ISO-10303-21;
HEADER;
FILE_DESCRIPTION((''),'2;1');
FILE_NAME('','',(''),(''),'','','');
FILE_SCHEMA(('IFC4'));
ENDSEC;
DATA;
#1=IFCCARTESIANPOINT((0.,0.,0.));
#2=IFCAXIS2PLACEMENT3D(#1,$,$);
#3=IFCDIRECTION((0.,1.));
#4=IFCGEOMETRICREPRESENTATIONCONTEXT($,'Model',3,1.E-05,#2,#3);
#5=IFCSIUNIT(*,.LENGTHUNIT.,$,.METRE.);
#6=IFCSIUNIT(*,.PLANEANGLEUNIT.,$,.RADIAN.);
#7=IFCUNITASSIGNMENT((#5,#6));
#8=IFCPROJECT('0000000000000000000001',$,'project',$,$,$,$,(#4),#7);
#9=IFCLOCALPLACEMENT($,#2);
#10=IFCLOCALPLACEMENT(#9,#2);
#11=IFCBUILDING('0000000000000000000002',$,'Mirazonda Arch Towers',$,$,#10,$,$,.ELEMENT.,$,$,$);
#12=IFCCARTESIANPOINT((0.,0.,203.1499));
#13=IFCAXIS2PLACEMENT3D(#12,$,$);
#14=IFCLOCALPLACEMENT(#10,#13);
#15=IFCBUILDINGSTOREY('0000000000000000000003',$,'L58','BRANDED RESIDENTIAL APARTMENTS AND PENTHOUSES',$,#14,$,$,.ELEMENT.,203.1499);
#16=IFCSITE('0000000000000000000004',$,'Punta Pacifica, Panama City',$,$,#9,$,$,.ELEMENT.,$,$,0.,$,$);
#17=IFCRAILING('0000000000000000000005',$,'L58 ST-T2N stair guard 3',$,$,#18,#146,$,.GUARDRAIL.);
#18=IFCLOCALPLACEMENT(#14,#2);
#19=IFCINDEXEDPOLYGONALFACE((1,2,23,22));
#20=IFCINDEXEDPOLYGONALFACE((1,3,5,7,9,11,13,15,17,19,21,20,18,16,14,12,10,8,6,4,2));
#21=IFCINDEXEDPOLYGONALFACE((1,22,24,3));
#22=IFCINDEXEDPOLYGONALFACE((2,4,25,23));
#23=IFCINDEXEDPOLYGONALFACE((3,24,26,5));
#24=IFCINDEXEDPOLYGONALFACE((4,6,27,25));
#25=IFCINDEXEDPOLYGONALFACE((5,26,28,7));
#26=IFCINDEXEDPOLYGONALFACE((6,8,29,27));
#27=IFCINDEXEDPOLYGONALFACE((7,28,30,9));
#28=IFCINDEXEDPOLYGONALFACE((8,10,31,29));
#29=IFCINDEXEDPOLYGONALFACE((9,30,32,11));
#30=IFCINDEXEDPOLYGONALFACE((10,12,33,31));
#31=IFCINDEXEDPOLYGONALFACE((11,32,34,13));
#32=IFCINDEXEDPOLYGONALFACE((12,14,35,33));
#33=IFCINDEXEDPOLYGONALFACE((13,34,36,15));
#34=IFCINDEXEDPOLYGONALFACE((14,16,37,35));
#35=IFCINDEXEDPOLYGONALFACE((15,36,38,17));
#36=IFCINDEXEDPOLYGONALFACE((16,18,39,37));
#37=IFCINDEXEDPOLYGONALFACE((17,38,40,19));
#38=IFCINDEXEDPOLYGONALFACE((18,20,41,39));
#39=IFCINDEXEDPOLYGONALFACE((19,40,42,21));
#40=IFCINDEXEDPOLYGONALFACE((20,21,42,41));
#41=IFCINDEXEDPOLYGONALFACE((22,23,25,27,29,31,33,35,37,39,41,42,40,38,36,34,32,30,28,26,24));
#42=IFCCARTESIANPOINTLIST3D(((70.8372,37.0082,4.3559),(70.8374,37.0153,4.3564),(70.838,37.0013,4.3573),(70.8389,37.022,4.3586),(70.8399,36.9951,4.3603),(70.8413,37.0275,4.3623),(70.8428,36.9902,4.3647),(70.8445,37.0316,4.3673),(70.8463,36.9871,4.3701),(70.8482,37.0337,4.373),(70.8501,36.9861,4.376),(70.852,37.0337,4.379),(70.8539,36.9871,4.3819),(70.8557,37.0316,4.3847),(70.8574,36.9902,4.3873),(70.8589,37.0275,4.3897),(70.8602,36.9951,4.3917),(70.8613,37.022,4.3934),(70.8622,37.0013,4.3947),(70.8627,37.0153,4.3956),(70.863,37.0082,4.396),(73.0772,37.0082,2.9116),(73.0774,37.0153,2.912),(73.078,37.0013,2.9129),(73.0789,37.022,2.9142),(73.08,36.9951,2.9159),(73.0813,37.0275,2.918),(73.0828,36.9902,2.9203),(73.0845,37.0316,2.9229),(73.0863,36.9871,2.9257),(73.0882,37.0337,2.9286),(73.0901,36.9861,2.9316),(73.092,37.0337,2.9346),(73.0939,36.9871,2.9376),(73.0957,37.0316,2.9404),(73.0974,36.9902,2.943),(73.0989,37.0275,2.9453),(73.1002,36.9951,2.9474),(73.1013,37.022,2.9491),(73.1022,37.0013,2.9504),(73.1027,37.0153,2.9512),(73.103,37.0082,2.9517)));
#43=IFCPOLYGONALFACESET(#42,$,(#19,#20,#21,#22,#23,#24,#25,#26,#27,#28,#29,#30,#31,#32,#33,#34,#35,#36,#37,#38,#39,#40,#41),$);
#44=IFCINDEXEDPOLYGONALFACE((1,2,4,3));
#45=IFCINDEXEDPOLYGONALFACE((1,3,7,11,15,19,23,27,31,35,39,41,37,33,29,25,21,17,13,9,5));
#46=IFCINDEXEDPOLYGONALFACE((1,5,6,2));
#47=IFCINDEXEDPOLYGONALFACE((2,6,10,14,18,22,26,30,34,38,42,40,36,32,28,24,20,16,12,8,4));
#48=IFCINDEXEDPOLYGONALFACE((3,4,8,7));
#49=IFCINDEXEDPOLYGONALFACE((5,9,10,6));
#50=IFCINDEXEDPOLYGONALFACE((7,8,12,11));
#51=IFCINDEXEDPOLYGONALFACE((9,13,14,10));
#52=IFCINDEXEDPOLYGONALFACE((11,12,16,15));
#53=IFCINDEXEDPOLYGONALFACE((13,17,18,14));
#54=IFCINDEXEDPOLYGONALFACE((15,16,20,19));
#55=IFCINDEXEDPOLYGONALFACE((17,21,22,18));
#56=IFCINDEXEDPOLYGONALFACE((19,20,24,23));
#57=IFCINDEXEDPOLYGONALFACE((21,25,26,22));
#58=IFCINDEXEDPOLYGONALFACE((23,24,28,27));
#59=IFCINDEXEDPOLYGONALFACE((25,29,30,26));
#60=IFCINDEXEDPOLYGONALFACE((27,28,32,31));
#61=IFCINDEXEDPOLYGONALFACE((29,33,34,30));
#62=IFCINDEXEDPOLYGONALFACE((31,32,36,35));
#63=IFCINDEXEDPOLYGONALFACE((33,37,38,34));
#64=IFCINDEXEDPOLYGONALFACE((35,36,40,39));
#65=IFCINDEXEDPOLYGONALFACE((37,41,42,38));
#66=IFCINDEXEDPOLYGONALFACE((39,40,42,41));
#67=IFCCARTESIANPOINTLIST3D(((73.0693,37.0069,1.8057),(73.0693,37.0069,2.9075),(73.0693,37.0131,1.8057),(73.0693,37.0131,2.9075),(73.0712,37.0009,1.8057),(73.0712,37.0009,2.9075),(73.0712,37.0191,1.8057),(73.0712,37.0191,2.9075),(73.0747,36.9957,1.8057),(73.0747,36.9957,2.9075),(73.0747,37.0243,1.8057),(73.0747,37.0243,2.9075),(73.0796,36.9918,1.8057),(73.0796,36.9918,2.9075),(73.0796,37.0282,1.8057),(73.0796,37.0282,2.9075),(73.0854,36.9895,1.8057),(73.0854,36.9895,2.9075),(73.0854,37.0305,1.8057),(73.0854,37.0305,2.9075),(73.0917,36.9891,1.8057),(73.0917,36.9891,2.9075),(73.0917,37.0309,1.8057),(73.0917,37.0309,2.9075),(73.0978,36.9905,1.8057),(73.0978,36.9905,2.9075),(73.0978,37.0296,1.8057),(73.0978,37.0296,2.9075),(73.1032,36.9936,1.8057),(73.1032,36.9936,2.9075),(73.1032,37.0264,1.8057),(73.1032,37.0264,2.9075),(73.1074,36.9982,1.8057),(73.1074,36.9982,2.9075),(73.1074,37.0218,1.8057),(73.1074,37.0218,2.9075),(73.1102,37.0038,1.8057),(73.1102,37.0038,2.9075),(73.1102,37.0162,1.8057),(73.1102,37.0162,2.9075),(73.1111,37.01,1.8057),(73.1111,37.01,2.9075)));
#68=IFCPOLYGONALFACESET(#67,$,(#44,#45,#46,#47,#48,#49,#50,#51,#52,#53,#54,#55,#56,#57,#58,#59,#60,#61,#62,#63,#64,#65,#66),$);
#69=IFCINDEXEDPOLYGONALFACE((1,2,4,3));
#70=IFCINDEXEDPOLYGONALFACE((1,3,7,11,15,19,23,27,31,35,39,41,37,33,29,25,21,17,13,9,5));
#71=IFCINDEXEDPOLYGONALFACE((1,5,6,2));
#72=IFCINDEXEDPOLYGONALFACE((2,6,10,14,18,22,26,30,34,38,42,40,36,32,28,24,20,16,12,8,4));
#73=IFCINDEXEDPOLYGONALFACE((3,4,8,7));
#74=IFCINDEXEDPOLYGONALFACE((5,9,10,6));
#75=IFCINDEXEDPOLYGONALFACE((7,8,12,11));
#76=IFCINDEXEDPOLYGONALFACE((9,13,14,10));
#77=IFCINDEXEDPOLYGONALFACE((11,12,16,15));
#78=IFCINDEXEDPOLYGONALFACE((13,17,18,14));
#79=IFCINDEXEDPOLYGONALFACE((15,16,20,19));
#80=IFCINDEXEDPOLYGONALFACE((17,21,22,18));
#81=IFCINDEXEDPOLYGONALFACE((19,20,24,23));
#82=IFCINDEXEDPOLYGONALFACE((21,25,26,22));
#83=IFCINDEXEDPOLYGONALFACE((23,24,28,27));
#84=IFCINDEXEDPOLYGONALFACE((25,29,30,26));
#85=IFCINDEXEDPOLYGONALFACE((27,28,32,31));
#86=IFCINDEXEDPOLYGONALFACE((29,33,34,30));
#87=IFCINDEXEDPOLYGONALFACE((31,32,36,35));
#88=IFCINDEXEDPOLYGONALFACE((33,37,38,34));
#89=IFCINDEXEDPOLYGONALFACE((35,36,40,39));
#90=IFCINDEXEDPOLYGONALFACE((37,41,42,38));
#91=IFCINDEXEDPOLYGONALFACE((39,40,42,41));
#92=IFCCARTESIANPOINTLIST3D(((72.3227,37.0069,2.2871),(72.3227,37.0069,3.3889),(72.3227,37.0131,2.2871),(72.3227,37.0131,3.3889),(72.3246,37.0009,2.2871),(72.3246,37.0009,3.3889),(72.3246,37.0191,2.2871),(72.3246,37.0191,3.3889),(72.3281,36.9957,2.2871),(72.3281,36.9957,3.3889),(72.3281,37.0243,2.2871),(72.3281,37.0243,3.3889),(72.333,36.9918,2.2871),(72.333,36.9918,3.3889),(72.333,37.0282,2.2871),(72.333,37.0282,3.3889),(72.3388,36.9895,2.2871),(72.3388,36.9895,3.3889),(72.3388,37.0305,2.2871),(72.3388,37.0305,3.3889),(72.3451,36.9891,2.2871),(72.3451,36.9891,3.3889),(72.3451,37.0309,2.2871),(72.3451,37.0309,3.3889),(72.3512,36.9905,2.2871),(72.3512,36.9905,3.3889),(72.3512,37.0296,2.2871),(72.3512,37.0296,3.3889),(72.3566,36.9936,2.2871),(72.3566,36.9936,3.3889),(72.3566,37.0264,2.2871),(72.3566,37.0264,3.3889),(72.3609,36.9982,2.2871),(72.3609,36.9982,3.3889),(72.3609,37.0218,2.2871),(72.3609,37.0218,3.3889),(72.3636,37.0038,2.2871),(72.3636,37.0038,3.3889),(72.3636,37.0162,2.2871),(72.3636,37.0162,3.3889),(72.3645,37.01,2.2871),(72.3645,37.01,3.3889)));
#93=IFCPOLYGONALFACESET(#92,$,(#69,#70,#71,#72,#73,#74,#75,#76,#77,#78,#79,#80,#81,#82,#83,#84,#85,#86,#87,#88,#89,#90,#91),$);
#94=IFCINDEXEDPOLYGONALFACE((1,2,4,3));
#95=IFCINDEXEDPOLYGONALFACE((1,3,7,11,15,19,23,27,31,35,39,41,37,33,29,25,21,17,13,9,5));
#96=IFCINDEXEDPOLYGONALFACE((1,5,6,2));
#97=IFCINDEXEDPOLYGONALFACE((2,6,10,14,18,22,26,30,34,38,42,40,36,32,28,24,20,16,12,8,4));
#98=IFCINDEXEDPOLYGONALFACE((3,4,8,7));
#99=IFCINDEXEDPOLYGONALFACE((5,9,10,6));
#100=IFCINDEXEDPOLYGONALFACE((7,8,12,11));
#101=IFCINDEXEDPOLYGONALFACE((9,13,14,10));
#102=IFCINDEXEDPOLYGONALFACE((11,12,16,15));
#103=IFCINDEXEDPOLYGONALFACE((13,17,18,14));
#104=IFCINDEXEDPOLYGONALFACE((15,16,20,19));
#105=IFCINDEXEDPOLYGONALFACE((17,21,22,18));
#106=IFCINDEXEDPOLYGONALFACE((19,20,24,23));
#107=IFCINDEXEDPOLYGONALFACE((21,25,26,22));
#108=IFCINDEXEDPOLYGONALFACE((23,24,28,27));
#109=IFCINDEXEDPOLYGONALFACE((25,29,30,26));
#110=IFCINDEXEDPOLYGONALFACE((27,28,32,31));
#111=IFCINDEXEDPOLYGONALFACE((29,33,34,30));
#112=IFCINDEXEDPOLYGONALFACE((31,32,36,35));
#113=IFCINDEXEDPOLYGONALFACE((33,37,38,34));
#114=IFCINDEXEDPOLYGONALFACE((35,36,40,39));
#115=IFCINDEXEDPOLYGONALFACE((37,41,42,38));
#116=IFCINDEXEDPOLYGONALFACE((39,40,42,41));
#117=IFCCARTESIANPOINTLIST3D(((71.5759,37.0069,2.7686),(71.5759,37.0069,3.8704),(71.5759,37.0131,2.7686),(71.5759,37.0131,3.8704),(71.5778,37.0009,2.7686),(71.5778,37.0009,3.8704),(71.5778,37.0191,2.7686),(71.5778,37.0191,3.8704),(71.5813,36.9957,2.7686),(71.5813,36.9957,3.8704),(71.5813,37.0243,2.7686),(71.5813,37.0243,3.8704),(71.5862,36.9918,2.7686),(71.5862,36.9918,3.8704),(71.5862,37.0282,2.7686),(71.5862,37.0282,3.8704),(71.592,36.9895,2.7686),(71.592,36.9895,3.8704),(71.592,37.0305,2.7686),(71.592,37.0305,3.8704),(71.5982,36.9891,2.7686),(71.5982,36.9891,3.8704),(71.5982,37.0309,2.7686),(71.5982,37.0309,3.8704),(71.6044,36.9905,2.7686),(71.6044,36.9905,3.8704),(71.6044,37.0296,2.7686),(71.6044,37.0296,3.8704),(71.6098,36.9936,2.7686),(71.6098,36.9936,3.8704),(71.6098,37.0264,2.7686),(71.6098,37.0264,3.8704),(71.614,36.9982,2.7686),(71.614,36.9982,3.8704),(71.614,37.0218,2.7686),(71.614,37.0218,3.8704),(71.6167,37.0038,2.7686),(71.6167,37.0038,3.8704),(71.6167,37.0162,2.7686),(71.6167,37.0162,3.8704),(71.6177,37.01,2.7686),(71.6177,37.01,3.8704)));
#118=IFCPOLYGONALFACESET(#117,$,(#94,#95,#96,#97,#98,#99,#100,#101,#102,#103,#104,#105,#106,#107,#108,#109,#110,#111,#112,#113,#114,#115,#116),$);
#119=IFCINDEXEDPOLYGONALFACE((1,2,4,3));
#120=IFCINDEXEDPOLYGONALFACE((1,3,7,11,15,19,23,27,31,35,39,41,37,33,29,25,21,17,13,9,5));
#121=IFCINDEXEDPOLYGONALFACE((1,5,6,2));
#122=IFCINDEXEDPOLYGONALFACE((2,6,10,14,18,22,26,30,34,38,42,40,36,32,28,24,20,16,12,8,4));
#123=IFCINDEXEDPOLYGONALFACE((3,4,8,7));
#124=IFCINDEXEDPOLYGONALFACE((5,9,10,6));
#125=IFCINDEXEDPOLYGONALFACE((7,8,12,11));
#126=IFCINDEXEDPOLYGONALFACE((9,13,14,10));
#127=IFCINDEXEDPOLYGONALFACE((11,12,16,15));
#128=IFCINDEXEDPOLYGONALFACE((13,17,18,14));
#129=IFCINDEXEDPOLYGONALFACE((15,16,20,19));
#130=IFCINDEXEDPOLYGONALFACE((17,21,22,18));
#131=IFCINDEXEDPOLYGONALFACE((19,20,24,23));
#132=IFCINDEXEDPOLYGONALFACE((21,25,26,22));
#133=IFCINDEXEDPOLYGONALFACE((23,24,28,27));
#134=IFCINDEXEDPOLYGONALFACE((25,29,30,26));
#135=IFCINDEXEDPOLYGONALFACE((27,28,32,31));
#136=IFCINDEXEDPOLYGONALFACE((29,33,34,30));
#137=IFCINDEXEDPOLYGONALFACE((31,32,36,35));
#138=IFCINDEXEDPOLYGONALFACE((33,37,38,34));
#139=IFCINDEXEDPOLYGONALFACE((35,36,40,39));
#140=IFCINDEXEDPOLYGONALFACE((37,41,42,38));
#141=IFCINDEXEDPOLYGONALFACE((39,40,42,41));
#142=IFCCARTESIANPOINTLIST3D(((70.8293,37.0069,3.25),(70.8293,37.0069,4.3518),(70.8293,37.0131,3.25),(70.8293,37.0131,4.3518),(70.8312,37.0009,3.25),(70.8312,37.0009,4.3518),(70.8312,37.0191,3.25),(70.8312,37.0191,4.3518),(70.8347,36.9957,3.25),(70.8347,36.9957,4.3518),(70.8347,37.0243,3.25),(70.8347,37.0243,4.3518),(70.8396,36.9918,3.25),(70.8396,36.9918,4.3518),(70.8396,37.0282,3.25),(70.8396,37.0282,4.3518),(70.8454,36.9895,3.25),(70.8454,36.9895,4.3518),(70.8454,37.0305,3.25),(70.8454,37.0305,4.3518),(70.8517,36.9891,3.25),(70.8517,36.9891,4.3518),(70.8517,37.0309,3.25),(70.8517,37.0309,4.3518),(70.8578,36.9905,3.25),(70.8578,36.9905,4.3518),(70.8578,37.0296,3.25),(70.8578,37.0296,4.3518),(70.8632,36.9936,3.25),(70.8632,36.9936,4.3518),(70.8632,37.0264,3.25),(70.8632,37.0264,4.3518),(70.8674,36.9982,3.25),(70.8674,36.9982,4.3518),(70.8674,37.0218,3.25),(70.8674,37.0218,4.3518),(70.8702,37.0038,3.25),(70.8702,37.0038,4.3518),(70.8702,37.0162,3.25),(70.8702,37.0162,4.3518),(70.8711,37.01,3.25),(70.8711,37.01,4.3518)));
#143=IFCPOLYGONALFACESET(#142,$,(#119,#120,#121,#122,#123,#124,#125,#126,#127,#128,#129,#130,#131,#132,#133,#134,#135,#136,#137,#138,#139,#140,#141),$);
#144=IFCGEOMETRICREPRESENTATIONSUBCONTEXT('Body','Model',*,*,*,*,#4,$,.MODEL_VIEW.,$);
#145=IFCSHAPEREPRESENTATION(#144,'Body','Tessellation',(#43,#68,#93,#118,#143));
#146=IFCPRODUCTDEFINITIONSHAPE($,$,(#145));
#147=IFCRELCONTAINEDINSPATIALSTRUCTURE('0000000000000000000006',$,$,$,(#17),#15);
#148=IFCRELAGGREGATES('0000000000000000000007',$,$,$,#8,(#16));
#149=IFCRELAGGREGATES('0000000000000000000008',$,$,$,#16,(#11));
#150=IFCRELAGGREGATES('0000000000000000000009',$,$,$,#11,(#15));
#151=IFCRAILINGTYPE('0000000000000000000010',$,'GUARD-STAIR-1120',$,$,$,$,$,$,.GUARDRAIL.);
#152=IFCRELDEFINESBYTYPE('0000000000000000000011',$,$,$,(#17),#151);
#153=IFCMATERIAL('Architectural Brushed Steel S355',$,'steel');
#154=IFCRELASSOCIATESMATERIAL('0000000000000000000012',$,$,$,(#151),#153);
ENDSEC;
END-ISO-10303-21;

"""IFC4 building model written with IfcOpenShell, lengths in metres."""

from ifc_helpers import new_model, si_unit, direction, frame, origin, origin_2d, place, context, subcontext, project, spatial, circle, extrude, material, type_object, element, save


model = new_model("IFC4")

# Units and contexts
model_context = context("Model", 3, precision=1e-05, world=origin(), true_north=direction((0.0, 1.0)))
body_context = subcontext(model_context, "Body", "Model", "MODEL_VIEW")
ifc_project = project(units=[si_unit("LENGTHUNIT", "METRE"), si_unit("PLANEANGLEUNIT", "RADIAN")], contexts=[model_context])

# Site, building, storey
site_placement = place(None, origin())
site = spatial("IfcSite", under=ifc_project, at=site_placement, Name="Punta Pacifica, Panama City", CompositionType="ELEMENT", RefElevation=0.0)
building_placement = place(site_placement, origin())
building = spatial("IfcBuilding", under=site, at=building_placement, Name="Mirazonda Arch Towers", CompositionType="ELEMENT")
storey_placement = place(building_placement, frame((0.0, 0.0, 203.1499)))
storey = spatial("IfcBuildingStorey", under=building, at=storey_placement, Name="L58", Description="BRANDED RESIDENTIAL APARTMENTS AND PENTHOUSES", CompositionType="ELEMENT", Elevation=203.1499)

# Shared definitions
ifc_material_1 = material(Name="Architectural Brushed Steel S355", Category="steel")

# Railing
railing_type_1 = type_object("IfcRailingType", Name="GUARD-STAIR-1120", PredefinedType="GUARDRAIL", material=ifc_material_1)
railing_1_placement = place(storey_placement, frame((73.0901, 37.01, 1.8057)))
element("IfcRailing", 1, at=railing_1_placement, inside=storey, type_object=railing_type_1, Name="L58 ST-T2N stair guard 3", PredefinedType="GUARDRAIL", context=body_context, shape_type="SweptSolid", body=[
    extrude(circle(Radius=0.0239, at=origin_2d()), frame((0.0, 0.0, 1.126), z_axis=(-0.840437, 0.0, 0.54191), x_axis=(0.0, -1.0, 0.0)), (0.0, 0.0, 1.0), 2.6653),
    extrude(circle(Radius=0.021, at=origin_2d()), origin(), (0.0, 0.0, 1.0), 1.1018),
    extrude(circle(Radius=0.021, at=origin_2d()), frame((-0.7466, 0.0, 0.4814)), (0.0, 0.0, 1.0), 1.1018),
    extrude(circle(Radius=0.021, at=origin_2d()), frame((-1.4934, 0.0, 0.9629)), (0.0, 0.0, 1.0), 1.1018),
    extrude(circle(Radius=0.021, at=origin_2d()), frame((-2.24, 0.0, 1.4443)), (0.0, 0.0, 1.0), 1.1018),
])

save(model, "model.ifc")
